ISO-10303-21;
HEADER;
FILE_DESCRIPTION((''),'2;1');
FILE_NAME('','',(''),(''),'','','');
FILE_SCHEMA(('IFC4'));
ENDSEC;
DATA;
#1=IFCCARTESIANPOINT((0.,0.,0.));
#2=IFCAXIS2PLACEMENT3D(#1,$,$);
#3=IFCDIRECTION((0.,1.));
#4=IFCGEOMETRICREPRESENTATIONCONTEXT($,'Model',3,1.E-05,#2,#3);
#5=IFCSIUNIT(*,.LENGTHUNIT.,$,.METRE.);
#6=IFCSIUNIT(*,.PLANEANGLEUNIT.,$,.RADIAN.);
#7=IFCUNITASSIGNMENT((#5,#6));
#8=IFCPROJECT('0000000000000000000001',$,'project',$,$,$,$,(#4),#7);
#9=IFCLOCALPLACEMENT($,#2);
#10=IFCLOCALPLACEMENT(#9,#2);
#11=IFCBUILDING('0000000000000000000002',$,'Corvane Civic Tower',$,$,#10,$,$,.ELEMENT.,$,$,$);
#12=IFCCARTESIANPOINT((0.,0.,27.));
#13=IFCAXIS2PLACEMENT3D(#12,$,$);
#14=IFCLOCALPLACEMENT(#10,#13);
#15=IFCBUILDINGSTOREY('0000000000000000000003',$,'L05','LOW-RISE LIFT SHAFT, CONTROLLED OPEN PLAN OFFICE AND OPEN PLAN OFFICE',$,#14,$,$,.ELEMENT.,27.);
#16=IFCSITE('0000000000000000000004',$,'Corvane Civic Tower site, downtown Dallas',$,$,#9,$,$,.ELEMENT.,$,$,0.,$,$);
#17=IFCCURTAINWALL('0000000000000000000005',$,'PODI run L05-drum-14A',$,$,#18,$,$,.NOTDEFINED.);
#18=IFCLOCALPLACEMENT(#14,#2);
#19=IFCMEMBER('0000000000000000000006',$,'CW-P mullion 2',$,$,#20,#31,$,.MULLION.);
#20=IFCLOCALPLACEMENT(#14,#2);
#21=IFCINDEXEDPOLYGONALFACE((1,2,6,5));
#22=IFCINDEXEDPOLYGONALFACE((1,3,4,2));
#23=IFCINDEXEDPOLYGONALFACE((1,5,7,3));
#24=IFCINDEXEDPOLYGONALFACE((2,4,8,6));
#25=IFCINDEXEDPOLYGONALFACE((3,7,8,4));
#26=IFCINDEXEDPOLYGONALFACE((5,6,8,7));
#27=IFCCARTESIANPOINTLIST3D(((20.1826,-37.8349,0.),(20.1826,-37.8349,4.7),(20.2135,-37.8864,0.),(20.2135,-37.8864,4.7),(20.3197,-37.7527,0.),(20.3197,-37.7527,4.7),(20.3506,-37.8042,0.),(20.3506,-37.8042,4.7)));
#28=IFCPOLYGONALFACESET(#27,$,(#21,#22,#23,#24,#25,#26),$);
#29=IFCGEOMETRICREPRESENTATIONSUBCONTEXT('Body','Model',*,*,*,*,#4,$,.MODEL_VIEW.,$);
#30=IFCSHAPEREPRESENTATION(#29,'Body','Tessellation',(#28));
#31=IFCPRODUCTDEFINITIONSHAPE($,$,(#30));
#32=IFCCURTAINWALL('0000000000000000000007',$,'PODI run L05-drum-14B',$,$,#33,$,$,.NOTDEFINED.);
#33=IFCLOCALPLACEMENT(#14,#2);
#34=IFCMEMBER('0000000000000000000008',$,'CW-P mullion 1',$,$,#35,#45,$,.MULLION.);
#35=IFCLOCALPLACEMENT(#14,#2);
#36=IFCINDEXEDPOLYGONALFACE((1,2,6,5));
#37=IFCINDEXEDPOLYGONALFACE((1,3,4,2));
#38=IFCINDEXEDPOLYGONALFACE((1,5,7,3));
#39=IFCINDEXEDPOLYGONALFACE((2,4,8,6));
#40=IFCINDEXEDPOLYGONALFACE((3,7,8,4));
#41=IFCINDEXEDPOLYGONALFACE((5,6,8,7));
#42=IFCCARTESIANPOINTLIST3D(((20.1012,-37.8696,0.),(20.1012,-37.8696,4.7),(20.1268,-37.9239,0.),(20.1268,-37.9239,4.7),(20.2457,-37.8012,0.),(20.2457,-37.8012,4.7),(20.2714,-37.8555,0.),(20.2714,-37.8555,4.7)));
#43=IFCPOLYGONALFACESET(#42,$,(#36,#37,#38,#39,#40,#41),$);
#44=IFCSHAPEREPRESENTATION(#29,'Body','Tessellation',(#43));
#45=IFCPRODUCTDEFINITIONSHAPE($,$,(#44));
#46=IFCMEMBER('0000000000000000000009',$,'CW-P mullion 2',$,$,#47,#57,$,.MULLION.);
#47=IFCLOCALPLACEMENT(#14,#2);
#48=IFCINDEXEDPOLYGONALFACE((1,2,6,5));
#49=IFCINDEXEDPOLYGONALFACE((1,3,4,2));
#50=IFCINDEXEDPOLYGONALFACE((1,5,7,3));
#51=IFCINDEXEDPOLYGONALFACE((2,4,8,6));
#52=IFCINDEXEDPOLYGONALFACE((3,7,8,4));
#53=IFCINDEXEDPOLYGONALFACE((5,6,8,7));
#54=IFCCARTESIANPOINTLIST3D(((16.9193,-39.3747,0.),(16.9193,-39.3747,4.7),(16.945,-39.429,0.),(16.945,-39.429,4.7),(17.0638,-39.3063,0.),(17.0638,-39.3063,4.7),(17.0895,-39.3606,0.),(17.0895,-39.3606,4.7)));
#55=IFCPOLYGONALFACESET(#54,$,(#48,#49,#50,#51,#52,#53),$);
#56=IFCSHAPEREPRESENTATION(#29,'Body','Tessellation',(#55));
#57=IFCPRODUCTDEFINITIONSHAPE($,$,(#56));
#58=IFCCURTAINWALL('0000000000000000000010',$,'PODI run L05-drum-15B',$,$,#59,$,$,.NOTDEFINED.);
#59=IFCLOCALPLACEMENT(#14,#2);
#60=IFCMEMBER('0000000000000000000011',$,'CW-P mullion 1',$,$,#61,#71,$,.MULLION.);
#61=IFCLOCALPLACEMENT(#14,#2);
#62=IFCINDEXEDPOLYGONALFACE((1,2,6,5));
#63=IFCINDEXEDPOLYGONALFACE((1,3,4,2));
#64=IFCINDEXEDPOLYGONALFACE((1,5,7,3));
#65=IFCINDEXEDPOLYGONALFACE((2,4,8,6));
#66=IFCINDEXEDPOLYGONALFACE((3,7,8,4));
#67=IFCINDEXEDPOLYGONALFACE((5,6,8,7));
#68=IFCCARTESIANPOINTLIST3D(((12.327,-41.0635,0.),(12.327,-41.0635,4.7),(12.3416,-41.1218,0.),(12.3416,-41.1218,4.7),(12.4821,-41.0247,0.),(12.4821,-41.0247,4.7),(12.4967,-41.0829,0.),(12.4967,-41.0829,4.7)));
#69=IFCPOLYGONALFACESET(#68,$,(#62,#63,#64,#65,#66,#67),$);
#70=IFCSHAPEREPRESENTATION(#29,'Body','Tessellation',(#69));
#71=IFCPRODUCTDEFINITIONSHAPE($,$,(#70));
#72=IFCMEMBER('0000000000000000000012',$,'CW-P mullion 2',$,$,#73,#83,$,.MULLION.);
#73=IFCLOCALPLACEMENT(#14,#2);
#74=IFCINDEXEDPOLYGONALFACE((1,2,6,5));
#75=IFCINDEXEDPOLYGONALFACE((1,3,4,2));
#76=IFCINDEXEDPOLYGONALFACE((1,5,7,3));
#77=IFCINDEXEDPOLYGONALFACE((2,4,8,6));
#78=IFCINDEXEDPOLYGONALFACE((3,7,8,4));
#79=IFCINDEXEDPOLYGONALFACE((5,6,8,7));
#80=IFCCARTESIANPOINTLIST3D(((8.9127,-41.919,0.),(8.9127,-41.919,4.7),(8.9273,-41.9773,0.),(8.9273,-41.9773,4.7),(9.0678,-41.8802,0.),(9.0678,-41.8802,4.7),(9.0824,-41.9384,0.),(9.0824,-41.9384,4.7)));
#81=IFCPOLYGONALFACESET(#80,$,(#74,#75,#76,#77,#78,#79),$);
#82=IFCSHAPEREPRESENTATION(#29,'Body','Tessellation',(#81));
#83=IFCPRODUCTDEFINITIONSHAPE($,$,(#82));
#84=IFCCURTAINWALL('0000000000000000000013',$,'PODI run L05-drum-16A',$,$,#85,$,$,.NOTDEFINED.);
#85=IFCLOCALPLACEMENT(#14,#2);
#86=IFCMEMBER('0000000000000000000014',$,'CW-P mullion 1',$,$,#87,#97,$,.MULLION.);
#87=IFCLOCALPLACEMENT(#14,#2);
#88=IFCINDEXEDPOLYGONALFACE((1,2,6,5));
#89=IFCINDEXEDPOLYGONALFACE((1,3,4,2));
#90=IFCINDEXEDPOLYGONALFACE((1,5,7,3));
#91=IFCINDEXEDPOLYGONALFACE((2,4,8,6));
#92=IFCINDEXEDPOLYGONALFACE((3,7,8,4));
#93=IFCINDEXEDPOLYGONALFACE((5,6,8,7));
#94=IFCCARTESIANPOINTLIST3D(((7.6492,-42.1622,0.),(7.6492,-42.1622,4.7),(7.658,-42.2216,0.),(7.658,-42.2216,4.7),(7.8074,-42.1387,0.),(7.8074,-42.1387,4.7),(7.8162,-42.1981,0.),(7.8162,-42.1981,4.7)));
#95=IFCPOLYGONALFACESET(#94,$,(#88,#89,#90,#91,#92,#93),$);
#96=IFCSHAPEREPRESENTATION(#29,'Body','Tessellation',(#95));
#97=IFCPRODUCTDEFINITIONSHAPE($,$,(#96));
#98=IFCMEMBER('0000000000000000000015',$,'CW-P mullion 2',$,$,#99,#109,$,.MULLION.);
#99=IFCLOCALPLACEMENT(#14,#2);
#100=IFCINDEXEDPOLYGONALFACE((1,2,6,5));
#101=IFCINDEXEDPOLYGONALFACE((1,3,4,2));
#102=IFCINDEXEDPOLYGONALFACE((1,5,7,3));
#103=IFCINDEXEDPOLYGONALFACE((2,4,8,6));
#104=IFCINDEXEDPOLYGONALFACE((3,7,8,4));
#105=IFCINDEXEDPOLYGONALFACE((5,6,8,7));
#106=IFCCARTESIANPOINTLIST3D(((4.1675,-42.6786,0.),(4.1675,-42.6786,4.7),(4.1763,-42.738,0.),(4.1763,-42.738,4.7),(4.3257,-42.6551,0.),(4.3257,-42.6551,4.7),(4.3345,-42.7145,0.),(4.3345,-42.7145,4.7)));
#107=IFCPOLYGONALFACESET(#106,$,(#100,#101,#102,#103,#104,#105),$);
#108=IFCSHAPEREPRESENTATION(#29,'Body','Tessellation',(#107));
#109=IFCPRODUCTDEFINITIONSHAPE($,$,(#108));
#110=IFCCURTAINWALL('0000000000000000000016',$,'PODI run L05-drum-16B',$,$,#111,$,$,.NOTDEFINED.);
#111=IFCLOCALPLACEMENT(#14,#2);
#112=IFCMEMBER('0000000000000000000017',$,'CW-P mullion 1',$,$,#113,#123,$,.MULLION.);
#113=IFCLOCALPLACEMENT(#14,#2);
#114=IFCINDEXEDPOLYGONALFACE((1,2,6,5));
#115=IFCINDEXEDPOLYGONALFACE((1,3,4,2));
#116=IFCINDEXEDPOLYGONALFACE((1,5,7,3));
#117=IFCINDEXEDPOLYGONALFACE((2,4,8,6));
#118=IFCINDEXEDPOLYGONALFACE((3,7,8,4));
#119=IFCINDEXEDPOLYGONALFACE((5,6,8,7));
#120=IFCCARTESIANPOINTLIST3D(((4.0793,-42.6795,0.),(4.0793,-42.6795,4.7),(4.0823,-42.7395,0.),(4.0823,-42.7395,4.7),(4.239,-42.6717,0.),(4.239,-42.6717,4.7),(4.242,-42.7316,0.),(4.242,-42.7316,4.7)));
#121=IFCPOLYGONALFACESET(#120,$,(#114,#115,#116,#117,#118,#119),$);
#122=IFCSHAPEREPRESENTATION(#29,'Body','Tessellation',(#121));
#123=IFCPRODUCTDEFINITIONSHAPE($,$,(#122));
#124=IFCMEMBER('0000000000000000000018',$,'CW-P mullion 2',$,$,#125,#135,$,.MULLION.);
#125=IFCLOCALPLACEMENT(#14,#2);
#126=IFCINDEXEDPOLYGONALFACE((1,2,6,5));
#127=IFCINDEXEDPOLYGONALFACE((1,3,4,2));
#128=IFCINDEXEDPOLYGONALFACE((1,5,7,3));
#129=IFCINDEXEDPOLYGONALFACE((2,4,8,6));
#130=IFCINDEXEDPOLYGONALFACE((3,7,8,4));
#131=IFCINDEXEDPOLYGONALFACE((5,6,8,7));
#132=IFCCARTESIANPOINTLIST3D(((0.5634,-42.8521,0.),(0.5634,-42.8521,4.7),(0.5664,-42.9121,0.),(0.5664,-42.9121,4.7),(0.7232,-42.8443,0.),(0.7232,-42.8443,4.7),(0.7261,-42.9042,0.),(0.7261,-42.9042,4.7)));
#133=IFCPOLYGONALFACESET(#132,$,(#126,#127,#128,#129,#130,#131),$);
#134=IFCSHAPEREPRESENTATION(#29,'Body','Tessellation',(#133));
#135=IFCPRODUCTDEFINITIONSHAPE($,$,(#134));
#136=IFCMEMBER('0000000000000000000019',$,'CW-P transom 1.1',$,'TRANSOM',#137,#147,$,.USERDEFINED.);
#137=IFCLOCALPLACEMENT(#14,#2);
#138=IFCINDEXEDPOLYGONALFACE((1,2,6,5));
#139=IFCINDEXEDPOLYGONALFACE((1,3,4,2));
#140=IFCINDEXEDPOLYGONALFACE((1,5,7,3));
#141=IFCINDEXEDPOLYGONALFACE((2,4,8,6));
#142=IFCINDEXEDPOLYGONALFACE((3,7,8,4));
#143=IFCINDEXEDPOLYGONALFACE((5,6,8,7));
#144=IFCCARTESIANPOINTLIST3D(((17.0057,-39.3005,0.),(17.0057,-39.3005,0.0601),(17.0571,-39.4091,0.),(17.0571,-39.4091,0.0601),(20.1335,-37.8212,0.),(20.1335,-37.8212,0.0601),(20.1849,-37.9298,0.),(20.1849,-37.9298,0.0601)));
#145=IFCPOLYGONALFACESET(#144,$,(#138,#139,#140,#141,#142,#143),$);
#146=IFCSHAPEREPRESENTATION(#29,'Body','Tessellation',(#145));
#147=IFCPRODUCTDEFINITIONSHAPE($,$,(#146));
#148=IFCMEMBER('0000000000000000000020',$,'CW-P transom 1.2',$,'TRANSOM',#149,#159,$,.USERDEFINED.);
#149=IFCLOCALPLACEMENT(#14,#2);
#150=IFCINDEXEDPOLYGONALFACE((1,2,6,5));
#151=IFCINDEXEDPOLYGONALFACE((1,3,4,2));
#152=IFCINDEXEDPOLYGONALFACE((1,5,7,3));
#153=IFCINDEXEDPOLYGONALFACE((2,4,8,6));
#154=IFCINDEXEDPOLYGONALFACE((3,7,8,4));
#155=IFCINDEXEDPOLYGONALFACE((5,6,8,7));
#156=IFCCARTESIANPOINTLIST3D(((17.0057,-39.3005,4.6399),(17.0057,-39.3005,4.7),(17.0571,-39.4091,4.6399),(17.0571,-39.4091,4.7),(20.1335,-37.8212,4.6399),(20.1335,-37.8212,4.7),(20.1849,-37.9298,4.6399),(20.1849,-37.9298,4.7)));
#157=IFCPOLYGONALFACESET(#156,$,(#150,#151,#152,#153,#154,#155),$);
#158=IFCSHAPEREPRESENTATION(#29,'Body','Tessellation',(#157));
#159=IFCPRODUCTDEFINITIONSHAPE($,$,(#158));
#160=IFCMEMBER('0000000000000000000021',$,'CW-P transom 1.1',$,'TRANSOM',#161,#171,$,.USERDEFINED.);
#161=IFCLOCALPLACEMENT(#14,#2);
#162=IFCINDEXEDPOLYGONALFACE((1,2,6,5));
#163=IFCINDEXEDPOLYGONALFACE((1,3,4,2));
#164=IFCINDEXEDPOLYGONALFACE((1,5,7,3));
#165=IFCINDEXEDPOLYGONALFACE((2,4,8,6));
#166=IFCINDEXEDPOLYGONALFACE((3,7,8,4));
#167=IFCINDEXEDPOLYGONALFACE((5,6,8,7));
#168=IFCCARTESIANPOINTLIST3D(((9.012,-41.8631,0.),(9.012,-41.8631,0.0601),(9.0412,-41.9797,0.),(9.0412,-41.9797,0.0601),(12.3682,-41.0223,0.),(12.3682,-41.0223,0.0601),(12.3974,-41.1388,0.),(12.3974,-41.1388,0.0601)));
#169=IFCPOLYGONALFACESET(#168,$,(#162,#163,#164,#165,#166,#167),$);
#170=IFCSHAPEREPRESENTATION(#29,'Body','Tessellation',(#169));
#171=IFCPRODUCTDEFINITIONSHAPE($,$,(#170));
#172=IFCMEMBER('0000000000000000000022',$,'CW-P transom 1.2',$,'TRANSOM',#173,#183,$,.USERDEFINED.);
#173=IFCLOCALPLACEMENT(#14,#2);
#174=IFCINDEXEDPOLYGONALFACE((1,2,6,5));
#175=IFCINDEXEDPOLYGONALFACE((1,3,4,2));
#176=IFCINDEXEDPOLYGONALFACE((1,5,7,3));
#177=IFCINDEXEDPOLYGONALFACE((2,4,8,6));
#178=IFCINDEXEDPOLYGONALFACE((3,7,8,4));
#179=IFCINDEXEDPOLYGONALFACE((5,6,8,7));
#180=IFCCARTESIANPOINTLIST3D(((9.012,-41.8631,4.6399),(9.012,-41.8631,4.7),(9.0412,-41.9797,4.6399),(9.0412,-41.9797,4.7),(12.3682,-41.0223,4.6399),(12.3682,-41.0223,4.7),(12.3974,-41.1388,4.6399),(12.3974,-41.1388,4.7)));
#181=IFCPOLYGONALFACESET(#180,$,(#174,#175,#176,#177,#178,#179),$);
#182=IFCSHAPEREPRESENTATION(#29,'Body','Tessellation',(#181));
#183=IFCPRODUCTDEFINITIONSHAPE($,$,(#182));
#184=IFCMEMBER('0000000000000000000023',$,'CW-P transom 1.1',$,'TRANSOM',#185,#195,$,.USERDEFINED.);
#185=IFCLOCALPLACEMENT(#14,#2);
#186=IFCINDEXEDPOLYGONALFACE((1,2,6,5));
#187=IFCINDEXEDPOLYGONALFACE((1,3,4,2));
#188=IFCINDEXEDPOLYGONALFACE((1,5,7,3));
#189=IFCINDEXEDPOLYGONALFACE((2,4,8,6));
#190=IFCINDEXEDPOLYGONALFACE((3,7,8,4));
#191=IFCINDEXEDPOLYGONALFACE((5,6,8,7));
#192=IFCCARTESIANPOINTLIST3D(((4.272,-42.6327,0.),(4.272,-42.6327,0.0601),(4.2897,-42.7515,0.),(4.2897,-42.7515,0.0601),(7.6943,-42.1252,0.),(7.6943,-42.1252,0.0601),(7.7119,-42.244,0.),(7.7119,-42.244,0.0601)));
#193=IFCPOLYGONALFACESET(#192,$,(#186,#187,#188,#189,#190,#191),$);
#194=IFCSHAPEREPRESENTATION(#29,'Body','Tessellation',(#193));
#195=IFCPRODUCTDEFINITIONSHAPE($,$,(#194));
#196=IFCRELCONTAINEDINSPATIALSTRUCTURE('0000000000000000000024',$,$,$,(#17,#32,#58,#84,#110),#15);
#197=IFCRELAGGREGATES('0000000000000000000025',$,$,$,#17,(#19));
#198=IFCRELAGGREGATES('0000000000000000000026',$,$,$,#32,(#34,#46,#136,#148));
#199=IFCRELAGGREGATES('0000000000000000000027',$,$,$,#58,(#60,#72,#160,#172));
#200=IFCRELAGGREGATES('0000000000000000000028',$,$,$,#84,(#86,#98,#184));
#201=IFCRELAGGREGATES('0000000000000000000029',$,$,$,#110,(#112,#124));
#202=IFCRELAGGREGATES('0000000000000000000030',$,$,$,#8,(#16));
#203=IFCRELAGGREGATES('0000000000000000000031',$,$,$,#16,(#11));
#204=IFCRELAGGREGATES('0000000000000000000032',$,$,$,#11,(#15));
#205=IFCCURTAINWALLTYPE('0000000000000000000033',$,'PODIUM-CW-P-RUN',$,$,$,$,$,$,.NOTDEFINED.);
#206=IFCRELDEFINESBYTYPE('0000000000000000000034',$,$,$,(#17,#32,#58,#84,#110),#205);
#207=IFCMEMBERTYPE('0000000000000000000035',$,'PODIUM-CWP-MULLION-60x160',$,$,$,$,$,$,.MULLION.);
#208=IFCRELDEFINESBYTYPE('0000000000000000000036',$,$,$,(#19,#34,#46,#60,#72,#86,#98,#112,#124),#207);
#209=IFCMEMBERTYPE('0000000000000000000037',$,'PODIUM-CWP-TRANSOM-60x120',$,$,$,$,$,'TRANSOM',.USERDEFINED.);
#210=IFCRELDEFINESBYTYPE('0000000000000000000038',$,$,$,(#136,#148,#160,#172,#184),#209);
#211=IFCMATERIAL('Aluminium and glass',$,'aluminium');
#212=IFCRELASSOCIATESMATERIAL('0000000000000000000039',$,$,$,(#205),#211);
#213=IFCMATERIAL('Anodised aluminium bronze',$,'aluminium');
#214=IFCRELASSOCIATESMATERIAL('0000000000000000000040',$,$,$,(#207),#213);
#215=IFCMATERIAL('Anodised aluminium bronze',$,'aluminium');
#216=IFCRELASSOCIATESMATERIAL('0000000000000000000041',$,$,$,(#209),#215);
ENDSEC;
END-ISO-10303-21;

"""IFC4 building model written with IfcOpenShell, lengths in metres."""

from ifc_helpers import new_model, si_unit, direction, frame, origin, origin_2d, place, context, subcontext, project, spatial, rectangle, extrude, material, material_profile, profile_set, type_object, element, aggregate, save


model = new_model("IFC4")

# Units and contexts
model_context = context("Model", 3, precision=1e-05, world=origin(), true_north=direction((0.0, 1.0)))
body_context = subcontext(model_context, "Body", "Model", "MODEL_VIEW")
ifc_project = project(units=[si_unit("LENGTHUNIT", "METRE"), si_unit("PLANEANGLEUNIT", "RADIAN")], contexts=[model_context])

# Site, building, storey
site_placement = place(None, origin())
site = spatial("IfcSite", under=ifc_project, at=site_placement, Name="Corvane Civic Tower site, downtown Dallas", CompositionType="ELEMENT", RefElevation=0.0)
building_placement = place(site_placement, origin())
building = spatial("IfcBuilding", under=site, at=building_placement, Name="Corvane Civic Tower", CompositionType="ELEMENT")
storey_placement = place(building_placement, frame((0.0, 0.0, 27.0)))
storey = spatial("IfcBuildingStorey", under=building, at=storey_placement, Name="L05", Description="LOW-RISE LIFT SHAFT, CONTROLLED OPEN PLAN OFFICE AND OPEN PLAN OFFICE", CompositionType="ELEMENT", Elevation=27.0)

# Curtain wall, member
ifc_material_1 = material(Name="Aluminium and glass", Category="aluminium")
curtain_wall_type = type_object("IfcCurtainWallType", Name="PODIUM-CW-P-RUN", PredefinedType="NOTDEFINED", material=ifc_material_1)
curtain_wall_1_placement = place(storey_placement, origin())
curtain_wall_1 = element("IfcCurtainWall", 1, at=curtain_wall_1_placement, inside=storey, type_object=curtain_wall_type, Name="PODI run L05-drum-14A", PredefinedType="NOTDEFINED")
ifc_material_2 = material(Name="Anodised aluminium bronze", Category="aluminium")
ifc_material_profile_1 = material_profile(ifc_material_2, rectangle(XDim=0.0601, YDim=0.1599, at=origin_2d()), Name="AL 60x160")
ifc_profile_set_1 = profile_set([ifc_material_profile_1], Name="Anodised aluminium bronze")
member_type_1 = type_object("IfcMemberType", Name="PODIUM-CWP-MULLION-60x160", PredefinedType="MULLION", material=ifc_profile_set_1)
member_1_placement = place(storey_placement, frame((20.2666, -37.8196, 0.0), z_axis=(0.0, 0.0, 1.0), x_axis=(0.514118, -0.85772, 0.0)))
member_1 = element("IfcMember", 2, at=member_1_placement, type_object=member_type_1, Name="CW-P mullion 2", PredefinedType="MULLION", context=body_context, shape_type="SweptSolid", body=[
    extrude(rectangle(XDim=0.0601, YDim=0.1599, at=origin_2d()), origin(), (0.0, 0.0, 1.0), 4.7),
])
aggregate(curtain_wall_1, [member_1])

# Curtain walls, members
curtain_wall_2_placement = place(storey_placement, origin())
curtain_wall_2 = element("IfcCurtainWall", 3, at=curtain_wall_2_placement, inside=storey, type_object=curtain_wall_type, Name="PODI run L05-drum-14B", PredefinedType="NOTDEFINED")
member_2_placement = place(storey_placement, frame((20.1863, -37.8625, 0.0), z_axis=(0.0, 0.0, 1.0), x_axis=(0.427553, -0.90399, 0.0)))
member_2 = element("IfcMember", 4, at=member_2_placement, type_object=member_type_1, Name="CW-P mullion 1", PredefinedType="MULLION", context=body_context, shape_type="SweptSolid", body=[
    extrude(rectangle(XDim=0.0601, YDim=0.1599, at=origin_2d()), origin(), (0.0, 0.0, 1.0), 4.7),
])
member_3_placement = place(storey_placement, frame((17.0044, -39.3677, 0.0), z_axis=(0.0, 0.0, 1.0), x_axis=(0.427553, -0.90399, 0.0)))
member_3 = element("IfcMember", 5, at=member_3_placement, type_object=member_type_1, Name="CW-P mullion 2", PredefinedType="MULLION", context=body_context, shape_type="SweptSolid", body=[
    extrude(rectangle(XDim=0.0601, YDim=0.1599, at=origin_2d()), origin(), (0.0, 0.0, 1.0), 4.7),
])
curtain_wall_3_placement = place(storey_placement, origin())
curtain_wall_3 = element("IfcCurtainWall", 6, at=curtain_wall_3_placement, inside=storey, type_object=curtain_wall_type, Name="PODI run L05-drum-15B", PredefinedType="NOTDEFINED")
member_4_placement = place(storey_placement, frame((12.4119, -41.0732, 0.0), z_axis=(0.0, 0.0, 1.0), x_axis=(0.243009, -0.970024, 0.0)))
member_4 = element("IfcMember", 7, at=member_4_placement, type_object=member_type_1, Name="CW-P mullion 1", PredefinedType="MULLION", context=body_context, shape_type="SweptSolid", body=[
    extrude(rectangle(XDim=0.0601, YDim=0.1599, at=origin_2d()), origin(), (0.0, 0.0, 1.0), 4.7),
])
member_5_placement = place(storey_placement, frame((8.9976, -41.9287, 0.0), z_axis=(0.0, 0.0, 1.0), x_axis=(0.243009, -0.970024, 0.0)))
member_5 = element("IfcMember", 8, at=member_5_placement, type_object=member_type_1, Name="CW-P mullion 2", PredefinedType="MULLION", context=body_context, shape_type="SweptSolid", body=[
    extrude(rectangle(XDim=0.0601, YDim=0.1599, at=origin_2d()), origin(), (0.0, 0.0, 1.0), 4.7),
])
curtain_wall_4_placement = place(storey_placement, origin())
curtain_wall_4 = element("IfcCurtainWall", 9, at=curtain_wall_4_placement, inside=storey, type_object=curtain_wall_type, Name="PODI run L05-drum-16A", PredefinedType="NOTDEFINED")
member_6_placement = place(storey_placement, frame((7.7327, -42.1802, 0.0), z_axis=(0.0, 0.0, 1.0), x_axis=(0.146715, -0.989179, 0.0)))
member_6 = element("IfcMember", 10, at=member_6_placement, type_object=member_type_1, Name="CW-P mullion 1", PredefinedType="MULLION", context=body_context, shape_type="SweptSolid", body=[
    extrude(rectangle(XDim=0.0601, YDim=0.1599, at=origin_2d()), origin(), (0.0, 0.0, 1.0), 4.7),
])
member_7_placement = place(storey_placement, frame((4.251, -42.6965, 0.0), z_axis=(0.0, 0.0, 1.0), x_axis=(0.146715, -0.989179, 0.0)))
member_7 = element("IfcMember", 11, at=member_7_placement, type_object=member_type_1, Name="CW-P mullion 2", PredefinedType="MULLION", context=body_context, shape_type="SweptSolid", body=[
    extrude(rectangle(XDim=0.0601, YDim=0.1599, at=origin_2d()), origin(), (0.0, 0.0, 1.0), 4.7),
])
curtain_wall_5_placement = place(storey_placement, origin())
curtain_wall_5 = element("IfcCurtainWall", 12, at=curtain_wall_5_placement, inside=storey, type_object=curtain_wall_type, Name="PODI run L05-drum-16B", PredefinedType="NOTDEFINED")
member_8_placement = place(storey_placement, frame((4.1606, -42.7056, 0.0), z_axis=(0.0, 0.0, 1.0), x_axis=(0.04905, -0.998796, 0.0)))
member_8 = element("IfcMember", 13, at=member_8_placement, type_object=member_type_1, Name="CW-P mullion 1", PredefinedType="MULLION", context=body_context, shape_type="SweptSolid", body=[
    extrude(rectangle(XDim=0.0601, YDim=0.1599, at=origin_2d()), origin(), (0.0, 0.0, 1.0), 4.7),
])
member_9_placement = place(storey_placement, frame((0.6448, -42.8782, 0.0), z_axis=(0.0, 0.0, 1.0), x_axis=(0.04905, -0.998796, 0.0)))
member_9 = element("IfcMember", 14, at=member_9_placement, type_object=member_type_1, Name="CW-P mullion 2", PredefinedType="MULLION", context=body_context, shape_type="SweptSolid", body=[
    extrude(rectangle(XDim=0.0601, YDim=0.1599, at=origin_2d()), origin(), (0.0, 0.0, 1.0), 4.7),
])

# Members
ifc_material_3 = material(Name="Anodised aluminium bronze", Category="aluminium")
ifc_material_profile_2 = material_profile(ifc_material_3, rectangle(XDim=0.1201, YDim=0.0601, at=origin_2d()), Name="AL 120x60")
ifc_profile_set_2 = profile_set([ifc_material_profile_2], Name="Anodised aluminium bronze")
member_type_2 = type_object("IfcMemberType", Name="PODIUM-CWP-TRANSOM-60x120", ElementType="TRANSOM", PredefinedType="USERDEFINED", material=ifc_profile_set_2)
member_10_placement = place(storey_placement, frame((20.1592, -37.8755, 0.03), z_axis=(-0.903993, -0.427546, 0.0), x_axis=(0.427546, -0.903993, 0.0)))
member_10 = element("IfcMember", 15, at=member_10_placement, type_object=member_type_2, Name="CW-P transom 1.1", ObjectType="TRANSOM", PredefinedType="USERDEFINED", context=body_context, shape_type="SweptSolid", body=[
    extrude(rectangle(XDim=0.1201, YDim=0.0601, at=origin_2d()), origin(), (0.0, 0.0, 1.0), 3.46),
])
member_11_placement = place(storey_placement, frame((20.1592, -37.8755, 4.6699), z_axis=(-0.903993, -0.427546, 0.0), x_axis=(0.427546, -0.903993, 0.0)))
member_11 = element("IfcMember", 16, at=member_11_placement, type_object=member_type_2, Name="CW-P transom 1.2", ObjectType="TRANSOM", PredefinedType="USERDEFINED", context=body_context, shape_type="SweptSolid", body=[
    extrude(rectangle(XDim=0.1201, YDim=0.0601, at=origin_2d()), origin(), (0.0, 0.0, 1.0), 3.46),
])
member_12_placement = place(storey_placement, frame((12.3828, -41.0806, 0.03), z_axis=(-0.970022, -0.243017, 0.0), x_axis=(0.243017, -0.970022, 0.0)))
member_12 = element("IfcMember", 17, at=member_12_placement, type_object=member_type_2, Name="CW-P transom 1.1", ObjectType="TRANSOM", PredefinedType="USERDEFINED", context=body_context, shape_type="SweptSolid", body=[
    extrude(rectangle(XDim=0.1201, YDim=0.0601, at=origin_2d()), origin(), (0.0, 0.0, 1.0), 3.46),
])
member_13_placement = place(storey_placement, frame((12.3828, -41.0806, 4.6699), z_axis=(-0.970022, -0.243017, 0.0), x_axis=(0.243017, -0.970022, 0.0)))
member_13 = element("IfcMember", 18, at=member_13_placement, type_object=member_type_2, Name="CW-P transom 1.2", ObjectType="TRANSOM", PredefinedType="USERDEFINED", context=body_context, shape_type="SweptSolid", body=[
    extrude(rectangle(XDim=0.1201, YDim=0.0601, at=origin_2d()), origin(), (0.0, 0.0, 1.0), 3.46),
])
member_14_placement = place(storey_placement, frame((7.7031, -42.1846, 0.03), z_axis=(-0.98918, -0.146705, 0.0), x_axis=(0.146705, -0.98918, 0.0)))
member_14 = element("IfcMember", 19, at=member_14_placement, type_object=member_type_2, Name="CW-P transom 1.1", ObjectType="TRANSOM", PredefinedType="USERDEFINED", context=body_context, shape_type="SweptSolid", body=[
    extrude(rectangle(XDim=0.1201, YDim=0.0601, at=origin_2d()), origin(), (0.0, 0.0, 1.0), 3.4597),
])

aggregate(curtain_wall_2, [member_2, member_3, member_10, member_11])
aggregate(curtain_wall_3, [member_4, member_5, member_12, member_13])
aggregate(curtain_wall_4, [member_6, member_7, member_14])
aggregate(curtain_wall_5, [member_8, member_9])

save(model, "model.ifc")
